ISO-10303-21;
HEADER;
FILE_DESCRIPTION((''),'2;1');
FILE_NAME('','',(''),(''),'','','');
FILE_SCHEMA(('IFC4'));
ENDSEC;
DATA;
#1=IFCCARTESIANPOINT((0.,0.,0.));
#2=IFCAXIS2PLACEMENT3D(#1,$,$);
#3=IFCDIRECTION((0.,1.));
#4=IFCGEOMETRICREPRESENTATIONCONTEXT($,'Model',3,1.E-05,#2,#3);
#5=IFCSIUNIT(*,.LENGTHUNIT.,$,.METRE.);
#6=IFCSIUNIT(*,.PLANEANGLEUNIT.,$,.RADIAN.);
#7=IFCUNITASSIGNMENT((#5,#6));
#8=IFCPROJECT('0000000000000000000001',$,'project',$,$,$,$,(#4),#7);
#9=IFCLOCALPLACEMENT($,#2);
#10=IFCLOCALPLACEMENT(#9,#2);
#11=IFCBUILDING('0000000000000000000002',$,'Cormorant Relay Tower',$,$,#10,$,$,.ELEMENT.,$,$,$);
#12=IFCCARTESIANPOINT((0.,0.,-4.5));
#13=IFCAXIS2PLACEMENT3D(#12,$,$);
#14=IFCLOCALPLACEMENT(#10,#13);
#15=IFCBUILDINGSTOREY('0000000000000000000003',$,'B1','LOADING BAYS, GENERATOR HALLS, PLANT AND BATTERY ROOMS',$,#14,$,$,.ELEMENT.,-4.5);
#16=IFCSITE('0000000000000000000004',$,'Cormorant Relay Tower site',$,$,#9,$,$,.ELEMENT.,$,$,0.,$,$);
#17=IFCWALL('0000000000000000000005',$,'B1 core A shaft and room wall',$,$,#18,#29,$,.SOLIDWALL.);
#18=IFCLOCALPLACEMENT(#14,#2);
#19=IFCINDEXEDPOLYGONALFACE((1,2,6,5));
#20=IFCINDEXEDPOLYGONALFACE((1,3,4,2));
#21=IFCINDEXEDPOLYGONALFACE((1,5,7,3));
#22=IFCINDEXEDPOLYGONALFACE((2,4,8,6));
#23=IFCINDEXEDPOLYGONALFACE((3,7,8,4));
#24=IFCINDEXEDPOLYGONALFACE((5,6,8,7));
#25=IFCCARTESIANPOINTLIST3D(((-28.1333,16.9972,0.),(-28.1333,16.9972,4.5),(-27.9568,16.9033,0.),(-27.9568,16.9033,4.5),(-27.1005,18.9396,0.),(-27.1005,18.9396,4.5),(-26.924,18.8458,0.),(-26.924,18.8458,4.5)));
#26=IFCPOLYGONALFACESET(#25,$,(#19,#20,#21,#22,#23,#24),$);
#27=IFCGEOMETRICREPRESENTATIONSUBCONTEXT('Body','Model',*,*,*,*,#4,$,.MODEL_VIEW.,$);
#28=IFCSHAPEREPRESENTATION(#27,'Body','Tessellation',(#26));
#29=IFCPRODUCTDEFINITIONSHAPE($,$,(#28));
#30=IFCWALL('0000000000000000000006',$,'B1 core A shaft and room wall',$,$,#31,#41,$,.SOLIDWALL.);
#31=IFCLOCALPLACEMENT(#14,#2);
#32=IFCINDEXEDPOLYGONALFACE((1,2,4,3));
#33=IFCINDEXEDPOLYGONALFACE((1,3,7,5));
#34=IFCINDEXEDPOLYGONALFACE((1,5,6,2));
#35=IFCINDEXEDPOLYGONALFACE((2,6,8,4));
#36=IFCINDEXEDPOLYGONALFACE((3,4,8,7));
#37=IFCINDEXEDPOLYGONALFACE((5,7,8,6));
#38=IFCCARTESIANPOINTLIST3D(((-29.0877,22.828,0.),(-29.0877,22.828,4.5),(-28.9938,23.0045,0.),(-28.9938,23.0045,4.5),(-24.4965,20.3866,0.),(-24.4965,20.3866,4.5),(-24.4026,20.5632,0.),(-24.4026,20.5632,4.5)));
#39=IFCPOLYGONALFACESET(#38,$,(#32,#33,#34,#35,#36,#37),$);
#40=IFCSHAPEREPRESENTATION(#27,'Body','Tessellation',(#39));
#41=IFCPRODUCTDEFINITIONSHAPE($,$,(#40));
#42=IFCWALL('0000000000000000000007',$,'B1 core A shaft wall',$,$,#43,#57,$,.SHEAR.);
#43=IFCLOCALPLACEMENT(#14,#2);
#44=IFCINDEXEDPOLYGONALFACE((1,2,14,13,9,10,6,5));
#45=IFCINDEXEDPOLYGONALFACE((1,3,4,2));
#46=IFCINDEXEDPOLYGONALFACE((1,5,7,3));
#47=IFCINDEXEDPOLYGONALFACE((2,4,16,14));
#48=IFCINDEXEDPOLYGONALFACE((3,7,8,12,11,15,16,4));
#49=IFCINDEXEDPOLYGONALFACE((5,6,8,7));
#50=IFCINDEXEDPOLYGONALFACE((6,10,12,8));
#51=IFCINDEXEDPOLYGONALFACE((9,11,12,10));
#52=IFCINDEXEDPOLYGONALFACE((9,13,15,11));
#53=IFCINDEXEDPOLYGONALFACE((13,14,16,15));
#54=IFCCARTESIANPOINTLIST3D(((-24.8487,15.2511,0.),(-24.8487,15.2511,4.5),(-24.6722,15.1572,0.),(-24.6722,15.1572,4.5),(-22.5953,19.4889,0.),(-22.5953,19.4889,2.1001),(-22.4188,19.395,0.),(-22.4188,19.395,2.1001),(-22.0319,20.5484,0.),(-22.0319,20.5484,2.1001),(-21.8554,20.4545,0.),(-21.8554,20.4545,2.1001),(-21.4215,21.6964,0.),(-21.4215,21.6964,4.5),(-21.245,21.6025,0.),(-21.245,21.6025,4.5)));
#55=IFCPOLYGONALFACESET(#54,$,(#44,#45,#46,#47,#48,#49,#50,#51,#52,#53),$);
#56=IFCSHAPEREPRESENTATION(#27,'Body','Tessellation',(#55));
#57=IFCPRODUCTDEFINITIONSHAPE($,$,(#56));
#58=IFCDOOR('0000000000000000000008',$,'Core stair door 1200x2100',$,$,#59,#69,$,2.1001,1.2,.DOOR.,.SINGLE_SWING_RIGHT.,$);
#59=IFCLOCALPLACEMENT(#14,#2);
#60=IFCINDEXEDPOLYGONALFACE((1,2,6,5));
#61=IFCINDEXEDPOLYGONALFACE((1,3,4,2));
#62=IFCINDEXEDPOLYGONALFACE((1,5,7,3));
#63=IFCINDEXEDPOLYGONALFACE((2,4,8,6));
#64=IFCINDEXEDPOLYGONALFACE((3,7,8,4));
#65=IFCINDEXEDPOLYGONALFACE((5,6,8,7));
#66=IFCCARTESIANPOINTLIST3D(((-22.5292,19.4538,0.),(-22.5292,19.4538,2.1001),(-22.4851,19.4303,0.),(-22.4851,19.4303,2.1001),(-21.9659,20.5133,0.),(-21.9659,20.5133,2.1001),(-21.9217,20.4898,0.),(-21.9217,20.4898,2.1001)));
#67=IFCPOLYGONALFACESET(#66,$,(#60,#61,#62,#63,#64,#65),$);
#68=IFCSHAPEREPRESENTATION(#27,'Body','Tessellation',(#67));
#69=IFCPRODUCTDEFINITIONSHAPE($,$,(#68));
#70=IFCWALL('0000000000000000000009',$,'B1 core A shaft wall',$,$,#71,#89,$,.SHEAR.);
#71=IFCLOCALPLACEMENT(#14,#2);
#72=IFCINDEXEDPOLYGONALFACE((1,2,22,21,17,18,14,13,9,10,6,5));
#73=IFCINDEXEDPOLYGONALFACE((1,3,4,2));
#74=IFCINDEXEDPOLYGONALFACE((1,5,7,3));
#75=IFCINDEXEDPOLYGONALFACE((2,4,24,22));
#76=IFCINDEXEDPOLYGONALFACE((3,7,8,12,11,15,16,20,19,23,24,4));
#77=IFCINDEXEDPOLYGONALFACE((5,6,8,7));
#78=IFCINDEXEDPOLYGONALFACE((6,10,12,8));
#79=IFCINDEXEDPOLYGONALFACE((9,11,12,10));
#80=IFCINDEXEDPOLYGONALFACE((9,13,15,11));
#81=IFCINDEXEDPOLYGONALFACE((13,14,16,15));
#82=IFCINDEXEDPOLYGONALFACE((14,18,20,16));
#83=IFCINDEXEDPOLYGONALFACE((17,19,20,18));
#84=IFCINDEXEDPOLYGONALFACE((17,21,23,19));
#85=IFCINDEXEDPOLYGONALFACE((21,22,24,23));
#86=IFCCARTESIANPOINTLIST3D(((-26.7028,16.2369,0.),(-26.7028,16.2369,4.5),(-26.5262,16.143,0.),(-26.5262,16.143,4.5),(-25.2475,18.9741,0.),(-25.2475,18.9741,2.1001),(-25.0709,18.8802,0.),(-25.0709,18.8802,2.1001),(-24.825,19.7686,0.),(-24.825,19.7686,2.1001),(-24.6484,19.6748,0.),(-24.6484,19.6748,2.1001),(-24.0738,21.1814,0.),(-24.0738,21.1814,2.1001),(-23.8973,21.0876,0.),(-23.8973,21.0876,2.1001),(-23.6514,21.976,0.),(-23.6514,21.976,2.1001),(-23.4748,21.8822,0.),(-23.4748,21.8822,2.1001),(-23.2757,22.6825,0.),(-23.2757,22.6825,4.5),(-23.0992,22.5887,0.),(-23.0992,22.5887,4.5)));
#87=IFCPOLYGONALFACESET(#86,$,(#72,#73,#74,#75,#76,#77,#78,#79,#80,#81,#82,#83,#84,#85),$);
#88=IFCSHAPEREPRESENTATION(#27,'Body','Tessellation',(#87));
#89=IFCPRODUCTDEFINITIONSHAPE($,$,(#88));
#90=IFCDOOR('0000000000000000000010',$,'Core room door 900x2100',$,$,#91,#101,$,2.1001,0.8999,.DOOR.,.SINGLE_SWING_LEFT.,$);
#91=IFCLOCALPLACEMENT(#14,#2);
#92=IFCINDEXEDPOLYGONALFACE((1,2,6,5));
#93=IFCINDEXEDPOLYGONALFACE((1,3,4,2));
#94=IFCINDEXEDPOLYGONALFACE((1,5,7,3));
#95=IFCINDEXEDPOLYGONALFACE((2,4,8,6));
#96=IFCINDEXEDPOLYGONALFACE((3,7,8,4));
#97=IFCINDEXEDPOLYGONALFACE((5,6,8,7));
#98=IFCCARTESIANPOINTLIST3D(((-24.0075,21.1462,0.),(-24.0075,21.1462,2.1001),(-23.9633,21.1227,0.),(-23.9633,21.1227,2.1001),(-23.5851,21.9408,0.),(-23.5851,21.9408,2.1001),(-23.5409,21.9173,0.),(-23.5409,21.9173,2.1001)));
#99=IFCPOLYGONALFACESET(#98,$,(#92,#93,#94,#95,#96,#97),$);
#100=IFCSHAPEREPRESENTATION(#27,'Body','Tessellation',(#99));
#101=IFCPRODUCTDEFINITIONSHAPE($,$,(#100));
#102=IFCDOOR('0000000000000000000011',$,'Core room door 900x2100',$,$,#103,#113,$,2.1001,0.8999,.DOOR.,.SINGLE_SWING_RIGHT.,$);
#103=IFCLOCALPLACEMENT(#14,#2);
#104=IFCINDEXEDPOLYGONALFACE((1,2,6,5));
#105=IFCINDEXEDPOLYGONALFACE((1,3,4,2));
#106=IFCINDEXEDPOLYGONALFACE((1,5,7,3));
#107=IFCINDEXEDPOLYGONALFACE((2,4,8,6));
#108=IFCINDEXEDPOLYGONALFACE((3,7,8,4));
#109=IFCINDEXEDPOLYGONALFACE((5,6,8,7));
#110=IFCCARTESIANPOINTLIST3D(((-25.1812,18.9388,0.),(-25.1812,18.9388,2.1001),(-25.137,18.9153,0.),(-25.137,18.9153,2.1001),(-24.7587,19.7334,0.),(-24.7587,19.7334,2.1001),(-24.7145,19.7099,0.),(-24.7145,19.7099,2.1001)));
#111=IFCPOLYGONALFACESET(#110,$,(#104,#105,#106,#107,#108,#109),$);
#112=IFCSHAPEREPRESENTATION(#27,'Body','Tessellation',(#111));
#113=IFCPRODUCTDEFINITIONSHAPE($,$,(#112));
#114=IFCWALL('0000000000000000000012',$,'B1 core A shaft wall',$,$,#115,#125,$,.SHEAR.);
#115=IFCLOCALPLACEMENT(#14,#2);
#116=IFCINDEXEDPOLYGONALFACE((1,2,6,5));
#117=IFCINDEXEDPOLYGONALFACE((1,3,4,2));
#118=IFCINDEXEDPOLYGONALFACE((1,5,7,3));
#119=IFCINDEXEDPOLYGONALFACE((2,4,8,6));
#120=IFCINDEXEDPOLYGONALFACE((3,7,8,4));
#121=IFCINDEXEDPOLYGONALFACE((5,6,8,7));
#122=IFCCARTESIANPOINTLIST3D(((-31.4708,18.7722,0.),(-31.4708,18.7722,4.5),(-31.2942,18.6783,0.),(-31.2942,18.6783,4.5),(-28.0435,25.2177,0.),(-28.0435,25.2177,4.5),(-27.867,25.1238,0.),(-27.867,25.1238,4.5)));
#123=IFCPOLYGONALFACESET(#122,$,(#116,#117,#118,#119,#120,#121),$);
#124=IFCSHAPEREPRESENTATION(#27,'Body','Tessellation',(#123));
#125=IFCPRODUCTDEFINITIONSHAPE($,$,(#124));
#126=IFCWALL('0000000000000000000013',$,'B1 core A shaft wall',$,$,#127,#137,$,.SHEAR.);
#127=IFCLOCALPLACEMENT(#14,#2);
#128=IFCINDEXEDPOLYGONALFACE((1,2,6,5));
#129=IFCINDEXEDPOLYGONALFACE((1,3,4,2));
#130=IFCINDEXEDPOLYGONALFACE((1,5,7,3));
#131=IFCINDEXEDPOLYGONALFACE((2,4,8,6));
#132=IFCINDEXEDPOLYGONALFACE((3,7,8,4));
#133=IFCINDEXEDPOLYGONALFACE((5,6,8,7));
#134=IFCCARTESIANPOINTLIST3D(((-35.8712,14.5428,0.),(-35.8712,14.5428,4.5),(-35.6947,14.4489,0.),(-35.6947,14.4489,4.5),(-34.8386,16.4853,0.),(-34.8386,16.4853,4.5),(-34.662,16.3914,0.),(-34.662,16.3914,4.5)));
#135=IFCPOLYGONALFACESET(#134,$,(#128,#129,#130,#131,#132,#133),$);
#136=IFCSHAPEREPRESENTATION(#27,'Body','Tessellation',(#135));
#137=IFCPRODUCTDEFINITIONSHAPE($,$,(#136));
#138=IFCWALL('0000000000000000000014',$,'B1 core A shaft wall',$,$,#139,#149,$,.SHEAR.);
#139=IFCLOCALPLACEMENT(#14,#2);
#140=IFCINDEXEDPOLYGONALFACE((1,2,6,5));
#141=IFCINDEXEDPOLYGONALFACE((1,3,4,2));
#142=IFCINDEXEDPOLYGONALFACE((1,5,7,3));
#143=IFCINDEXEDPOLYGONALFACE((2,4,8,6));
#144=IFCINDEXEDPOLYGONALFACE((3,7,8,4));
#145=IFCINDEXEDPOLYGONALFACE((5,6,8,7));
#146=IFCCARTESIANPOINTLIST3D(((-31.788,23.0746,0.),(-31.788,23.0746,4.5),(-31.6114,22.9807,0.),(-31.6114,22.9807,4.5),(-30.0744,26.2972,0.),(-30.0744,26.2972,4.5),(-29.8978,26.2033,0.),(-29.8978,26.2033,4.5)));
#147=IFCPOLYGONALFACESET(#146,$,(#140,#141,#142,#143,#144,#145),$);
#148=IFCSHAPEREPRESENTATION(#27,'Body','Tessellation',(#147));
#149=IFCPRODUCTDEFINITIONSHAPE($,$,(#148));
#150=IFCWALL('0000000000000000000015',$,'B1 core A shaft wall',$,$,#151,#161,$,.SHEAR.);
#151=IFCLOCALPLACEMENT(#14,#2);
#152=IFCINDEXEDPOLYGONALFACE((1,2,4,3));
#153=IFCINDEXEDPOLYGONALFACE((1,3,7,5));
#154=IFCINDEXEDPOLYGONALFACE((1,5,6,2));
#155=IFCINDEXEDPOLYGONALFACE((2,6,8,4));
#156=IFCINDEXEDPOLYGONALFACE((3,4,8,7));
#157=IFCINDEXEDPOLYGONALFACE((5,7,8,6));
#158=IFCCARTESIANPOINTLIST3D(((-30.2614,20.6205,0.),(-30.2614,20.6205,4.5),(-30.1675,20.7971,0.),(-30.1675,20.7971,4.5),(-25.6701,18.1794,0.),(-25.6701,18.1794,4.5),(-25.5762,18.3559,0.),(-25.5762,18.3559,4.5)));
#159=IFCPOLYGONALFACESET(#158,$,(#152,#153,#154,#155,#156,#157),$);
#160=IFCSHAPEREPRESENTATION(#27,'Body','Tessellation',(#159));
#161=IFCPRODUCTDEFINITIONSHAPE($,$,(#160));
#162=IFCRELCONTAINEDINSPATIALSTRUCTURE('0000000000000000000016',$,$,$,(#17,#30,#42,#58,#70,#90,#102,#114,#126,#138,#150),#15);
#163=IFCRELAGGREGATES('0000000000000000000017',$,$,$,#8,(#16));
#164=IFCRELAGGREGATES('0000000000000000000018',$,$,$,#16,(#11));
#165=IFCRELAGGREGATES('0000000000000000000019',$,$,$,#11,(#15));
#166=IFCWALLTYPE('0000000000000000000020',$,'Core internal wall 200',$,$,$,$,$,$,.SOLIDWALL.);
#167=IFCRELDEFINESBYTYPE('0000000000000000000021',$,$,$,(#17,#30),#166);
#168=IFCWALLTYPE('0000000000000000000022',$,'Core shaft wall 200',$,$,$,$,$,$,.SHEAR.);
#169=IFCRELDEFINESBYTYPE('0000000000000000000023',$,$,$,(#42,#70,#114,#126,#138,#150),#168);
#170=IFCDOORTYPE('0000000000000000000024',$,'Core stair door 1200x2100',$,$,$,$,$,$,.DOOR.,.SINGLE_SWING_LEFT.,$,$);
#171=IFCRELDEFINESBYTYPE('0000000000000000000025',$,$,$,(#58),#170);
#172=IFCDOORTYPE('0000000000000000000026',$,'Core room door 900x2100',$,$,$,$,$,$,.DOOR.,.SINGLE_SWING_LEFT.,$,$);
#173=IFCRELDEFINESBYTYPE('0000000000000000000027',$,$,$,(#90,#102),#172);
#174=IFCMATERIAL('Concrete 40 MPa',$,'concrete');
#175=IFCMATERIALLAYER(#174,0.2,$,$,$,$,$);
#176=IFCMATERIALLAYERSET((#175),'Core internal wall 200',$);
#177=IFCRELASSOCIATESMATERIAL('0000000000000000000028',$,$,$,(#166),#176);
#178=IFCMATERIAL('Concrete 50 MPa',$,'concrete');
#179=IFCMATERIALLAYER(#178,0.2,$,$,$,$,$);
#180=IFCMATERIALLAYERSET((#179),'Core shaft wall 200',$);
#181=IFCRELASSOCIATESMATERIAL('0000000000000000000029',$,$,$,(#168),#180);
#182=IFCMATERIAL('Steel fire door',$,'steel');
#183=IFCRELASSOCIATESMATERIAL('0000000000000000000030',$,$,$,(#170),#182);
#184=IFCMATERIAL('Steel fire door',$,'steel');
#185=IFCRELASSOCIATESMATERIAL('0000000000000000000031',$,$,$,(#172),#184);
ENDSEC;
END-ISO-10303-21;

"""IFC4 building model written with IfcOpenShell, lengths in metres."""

from ifc_helpers import new_model, si_unit, direction, frame, frame_2d, origin, place, context, subcontext, project, spatial, rectangle, extrude, material, layer, layer_set, type_object, element, fill, save


model = new_model("IFC4")

# Units and contexts
model_context = context("Model", 3, precision=1e-05, world=origin(), true_north=direction((0.0, 1.0)))
body_context = subcontext(model_context, "Body", "Model", "MODEL_VIEW")
ifc_project = project(units=[si_unit("LENGTHUNIT", "METRE"), si_unit("PLANEANGLEUNIT", "RADIAN")], contexts=[model_context])

# Site, building, storey
site_placement = place(None, origin())
site = spatial("IfcSite", under=ifc_project, at=site_placement, Name="Cormorant Relay Tower site", CompositionType="ELEMENT", RefElevation=0.0)
building_placement = place(site_placement, origin())
building = spatial("IfcBuilding", under=site, at=building_placement, Name="Cormorant Relay Tower", CompositionType="ELEMENT")
storey_placement = place(building_placement, frame((0.0, 0.0, -4.5)))
storey = spatial("IfcBuildingStorey", under=building, at=storey_placement, Name="B1", Description="LOADING BAYS, GENERATOR HALLS, PLANT AND BATTERY ROOMS", CompositionType="ELEMENT", Elevation=-4.5)

# Walls
ifc_material_1 = material(Name="Concrete 40 MPa", Category="concrete")
ifc_layer_1 = layer(ifc_material_1, 0.2)
ifc_layer_set_1 = layer_set([ifc_layer_1], Name="Core internal wall 200")
wall_type_1 = type_object("IfcWallType", Name="Core internal wall 200", PredefinedType="SOLIDWALL", material=ifc_layer_set_1)
wall_1_placement = place(storey_placement, frame((-27.0122, 18.8928, 0.0), z_axis=(0.0, 0.0, 1.0), x_axis=(-0.469447, -0.88296, 0.0)))
element("IfcWall", 1, at=wall_1_placement, inside=storey, type_object=wall_type_1, Name="B1 core A shaft and room wall", PredefinedType="SOLIDWALL", context=body_context, shape_type="SweptSolid", body=[
    extrude(rectangle(XDim=2.2, YDim=0.2, at=frame_2d((1.1001, 0.0))), origin(), (0.0, 0.0, 1.0), 4.5),
])
wall_2_placement = place(storey_placement, frame((-24.4495, 20.4749, 0.0), z_axis=(0.0, 0.0, 1.0), x_axis=(-0.882935, 0.469496, 0.0)))
element("IfcWall", 2, at=wall_2_placement, inside=storey, type_object=wall_type_1, Name="B1 core A shaft and room wall", PredefinedType="SOLIDWALL", context=body_context, shape_type="SweptSolid", body=[
    extrude(rectangle(XDim=5.2, YDim=0.2, at=frame_2d((2.6001, 0.0))), origin(), (0.0, 0.0, 1.0), 4.5),
])

# Wall, opening, door
ifc_material_2 = material(Name="Concrete 50 MPa", Category="concrete")
ifc_layer_2 = layer(ifc_material_2, 0.2)
ifc_layer_set_2 = layer_set([ifc_layer_2], Name="Core shaft wall 200")
wall_type_2 = type_object("IfcWallType", Name="Core shaft wall 200", PredefinedType="SHEAR", material=ifc_layer_set_2)
wall_3_placement = place(storey_placement, frame((-21.3333, 21.6494, 0.0), z_axis=(0.0, 0.0, 1.0), x_axis=(-0.469494, -0.882936, 0.0)))
wall_3 = element("IfcWall", 3, at=wall_3_placement, inside=storey, type_object=wall_type_2, Name="B1 core A shaft wall", PredefinedType="SHEAR", context=body_context, shape_type="SweptSolid", body=[
    extrude(rectangle(XDim=7.2998, YDim=0.2, at=frame_2d((3.6499, 0.0))), origin(), (0.0, 0.0, 1.0), 4.5),
])
opening_1_placement = place(wall_3_placement, frame((1.3, 0.0, 0.0)))
opening_1 = element("IfcOpeningElement", 4, at=opening_1_placement, cuts=wall_3, PredefinedType="OPENING", context=body_context, shape_type="SweptSolid", body=[
    extrude(rectangle(XDim=1.2, YDim=2.1001, at=frame_2d((0.6001, 1.05))), frame((0.0, 0.1099, 0.0), z_axis=(0.0, -1.0, 0.0), x_axis=(1.0, 0.0, 0.0)), (0.0, 0.0, 1.0), 0.22),
])
ifc_material_3 = material(Name="Steel fire door", Category="steel")
door_type_1 = type_object("IfcDoorType", Name="Core stair door 1200x2100", OperationType="SINGLE_SWING_LEFT", PredefinedType="DOOR", material=ifc_material_3)
door_1_placement = place(opening_1_placement, origin())
door_1 = element("IfcDoor", 5, at=door_1_placement, inside=storey, type_object=door_type_1, Name="Core stair door 1200x2100", OperationType="SINGLE_SWING_RIGHT", OverallHeight=2.1001, OverallWidth=1.2, PredefinedType="DOOR", context=body_context, shape_type="SweptSolid", body=[
    extrude(rectangle(XDim=1.2, YDim=2.1001, at=frame_2d((0.6001, 1.05))), frame((0.0, 0.0249, 0.0), z_axis=(0.0, -1.0, 0.0), x_axis=(1.0, 0.0, 0.0)), (0.0, 0.0, 1.0), 0.05),
])
fill(opening_1, door_1)

# Wall, openings, doors
wall_4_placement = place(storey_placement, frame((-23.1875, 22.6355, 0.0), z_axis=(0.0, 0.0, 1.0), x_axis=(-0.469454, -0.882957, 0.0)))
wall_4 = element("IfcWall", 6, at=wall_4_placement, inside=storey, type_object=wall_type_2, Name="B1 core A shaft wall", PredefinedType="SHEAR", context=body_context, shape_type="SweptSolid", body=[
    extrude(rectangle(XDim=7.3, YDim=0.2, at=frame_2d((3.6499, 0.0))), origin(), (0.0, 0.0, 1.0), 4.5),
])
opening_2_placement = place(wall_4_placement, frame((0.8, 0.0, 0.0)))
opening_2 = element("IfcOpeningElement", 7, at=opening_2_placement, cuts=wall_4, PredefinedType="OPENING", context=body_context, shape_type="SweptSolid", body=[
    extrude(rectangle(XDim=0.8999, YDim=2.1001, at=frame_2d((0.45, 1.05))), frame((0.0, 0.1099, 0.0), z_axis=(0.0, -1.0, 0.0), x_axis=(1.0, 0.0, 0.0)), (0.0, 0.0, 1.0), 0.22),
])
opening_3_placement = place(wall_4_placement, frame((3.3, 0.0, 0.0)))
opening_3 = element("IfcOpeningElement", 8, at=opening_3_placement, cuts=wall_4, PredefinedType="OPENING", context=body_context, shape_type="SweptSolid", body=[
    extrude(rectangle(XDim=0.8999, YDim=2.1001, at=frame_2d((0.45, 1.05))), frame((0.0, 0.1099, 0.0), z_axis=(0.0, -1.0, 0.0), x_axis=(1.0, 0.0, 0.0)), (0.0, 0.0, 1.0), 0.22),
])
ifc_material_4 = material(Name="Steel fire door", Category="steel")
door_type_2 = type_object("IfcDoorType", Name="Core room door 900x2100", OperationType="SINGLE_SWING_LEFT", PredefinedType="DOOR", material=ifc_material_4)
door_2_placement = place(opening_2_placement, frame((0.8999, 0.0, 0.0), z_axis=(0.0, 0.0, 1.0), x_axis=(-1.0, 0.0, 0.0)))
door_2 = element("IfcDoor", 9, at=door_2_placement, inside=storey, type_object=door_type_2, Name="Core room door 900x2100", OperationType="SINGLE_SWING_LEFT", OverallHeight=2.1001, OverallWidth=0.8999, PredefinedType="DOOR", context=body_context, shape_type="SweptSolid", body=[
    extrude(rectangle(XDim=0.8999, YDim=2.1001, at=frame_2d((0.45, 1.05))), frame((0.0, 0.0249, 0.0), z_axis=(0.0, -1.0, 0.0), x_axis=(1.0, 0.0, 0.0)), (0.0, 0.0, 1.0), 0.05),
])
fill(opening_2, door_2)
door_3_placement = place(opening_3_placement, frame((0.8999, 0.0, 0.0), z_axis=(0.0, 0.0, 1.0), x_axis=(-1.0, 0.0, 0.0)))
door_3 = element("IfcDoor", 10, at=door_3_placement, inside=storey, type_object=door_type_2, Name="Core room door 900x2100", OperationType="SINGLE_SWING_RIGHT", OverallHeight=2.1001, OverallWidth=0.8999, PredefinedType="DOOR", context=body_context, shape_type="SweptSolid", body=[
    extrude(rectangle(XDim=0.8999, YDim=2.1001, at=frame_2d((0.45, 1.05))), frame((0.0, 0.0249, 0.0), z_axis=(0.0, -1.0, 0.0), x_axis=(1.0, 0.0, 0.0)), (0.0, 0.0, 1.0), 0.05),
])
fill(opening_3, door_3)

# Walls
wall_5_placement = place(storey_placement, frame((-27.9553, 25.1707, 0.0), z_axis=(0.0, 0.0, 1.0), x_axis=(-0.46948, -0.882943, 0.0)))
element("IfcWall", 11, at=wall_5_placement, inside=storey, type_object=wall_type_2, Name="B1 core A shaft wall", PredefinedType="SHEAR", context=body_context, shape_type="SweptSolid", body=[
    extrude(rectangle(XDim=7.3, YDim=0.2, at=frame_2d((3.6499, 0.0))), origin(), (0.0, 0.0, 1.0), 4.5),
])
wall_6_placement = place(storey_placement, frame((-34.7502, 16.4385, 0.0), z_axis=(0.0, 0.0, 1.0), x_axis=(-0.469401, -0.882985, 0.0)))
element("IfcWall", 12, at=wall_6_placement, inside=storey, type_object=wall_type_2, Name="B1 core A shaft wall", PredefinedType="SHEAR", context=body_context, shape_type="SweptSolid", body=[
    extrude(rectangle(XDim=2.2, YDim=0.2, at=frame_2d((1.1001, 0.0))), origin(), (0.0, 0.0, 1.0), 4.5),
])
wall_7_placement = place(storey_placement, frame((-29.9861, 26.2502, 0.0), z_axis=(0.0, 0.0, 1.0), x_axis=(-0.469494, -0.882936, 0.0)))
element("IfcWall", 13, at=wall_7_placement, inside=storey, type_object=wall_type_2, Name="B1 core A shaft wall", PredefinedType="SHEAR", context=body_context, shape_type="SweptSolid", body=[
    extrude(rectangle(XDim=3.6499, YDim=0.2, at=frame_2d((1.825, 0.0))), origin(), (0.0, 0.0, 1.0), 4.5),
])

# Wall
wall_8_placement = place(storey_placement, frame((-25.623, 18.2676, 0.0), z_axis=(0.0, 0.0, 1.0), x_axis=(-0.882954, 0.46946, 0.0)))
element("IfcWall", 14, at=wall_8_placement, inside=storey, type_object=wall_type_2, Name="B1 core A shaft wall", PredefinedType="SHEAR", context=body_context, shape_type="SweptSolid", body=[
    extrude(rectangle(XDim=5.2, YDim=0.2, at=frame_2d((2.6001, 0.0))), origin(), (0.0, 0.0, 1.0), 4.5),
])

save(model, "model.ifc")
